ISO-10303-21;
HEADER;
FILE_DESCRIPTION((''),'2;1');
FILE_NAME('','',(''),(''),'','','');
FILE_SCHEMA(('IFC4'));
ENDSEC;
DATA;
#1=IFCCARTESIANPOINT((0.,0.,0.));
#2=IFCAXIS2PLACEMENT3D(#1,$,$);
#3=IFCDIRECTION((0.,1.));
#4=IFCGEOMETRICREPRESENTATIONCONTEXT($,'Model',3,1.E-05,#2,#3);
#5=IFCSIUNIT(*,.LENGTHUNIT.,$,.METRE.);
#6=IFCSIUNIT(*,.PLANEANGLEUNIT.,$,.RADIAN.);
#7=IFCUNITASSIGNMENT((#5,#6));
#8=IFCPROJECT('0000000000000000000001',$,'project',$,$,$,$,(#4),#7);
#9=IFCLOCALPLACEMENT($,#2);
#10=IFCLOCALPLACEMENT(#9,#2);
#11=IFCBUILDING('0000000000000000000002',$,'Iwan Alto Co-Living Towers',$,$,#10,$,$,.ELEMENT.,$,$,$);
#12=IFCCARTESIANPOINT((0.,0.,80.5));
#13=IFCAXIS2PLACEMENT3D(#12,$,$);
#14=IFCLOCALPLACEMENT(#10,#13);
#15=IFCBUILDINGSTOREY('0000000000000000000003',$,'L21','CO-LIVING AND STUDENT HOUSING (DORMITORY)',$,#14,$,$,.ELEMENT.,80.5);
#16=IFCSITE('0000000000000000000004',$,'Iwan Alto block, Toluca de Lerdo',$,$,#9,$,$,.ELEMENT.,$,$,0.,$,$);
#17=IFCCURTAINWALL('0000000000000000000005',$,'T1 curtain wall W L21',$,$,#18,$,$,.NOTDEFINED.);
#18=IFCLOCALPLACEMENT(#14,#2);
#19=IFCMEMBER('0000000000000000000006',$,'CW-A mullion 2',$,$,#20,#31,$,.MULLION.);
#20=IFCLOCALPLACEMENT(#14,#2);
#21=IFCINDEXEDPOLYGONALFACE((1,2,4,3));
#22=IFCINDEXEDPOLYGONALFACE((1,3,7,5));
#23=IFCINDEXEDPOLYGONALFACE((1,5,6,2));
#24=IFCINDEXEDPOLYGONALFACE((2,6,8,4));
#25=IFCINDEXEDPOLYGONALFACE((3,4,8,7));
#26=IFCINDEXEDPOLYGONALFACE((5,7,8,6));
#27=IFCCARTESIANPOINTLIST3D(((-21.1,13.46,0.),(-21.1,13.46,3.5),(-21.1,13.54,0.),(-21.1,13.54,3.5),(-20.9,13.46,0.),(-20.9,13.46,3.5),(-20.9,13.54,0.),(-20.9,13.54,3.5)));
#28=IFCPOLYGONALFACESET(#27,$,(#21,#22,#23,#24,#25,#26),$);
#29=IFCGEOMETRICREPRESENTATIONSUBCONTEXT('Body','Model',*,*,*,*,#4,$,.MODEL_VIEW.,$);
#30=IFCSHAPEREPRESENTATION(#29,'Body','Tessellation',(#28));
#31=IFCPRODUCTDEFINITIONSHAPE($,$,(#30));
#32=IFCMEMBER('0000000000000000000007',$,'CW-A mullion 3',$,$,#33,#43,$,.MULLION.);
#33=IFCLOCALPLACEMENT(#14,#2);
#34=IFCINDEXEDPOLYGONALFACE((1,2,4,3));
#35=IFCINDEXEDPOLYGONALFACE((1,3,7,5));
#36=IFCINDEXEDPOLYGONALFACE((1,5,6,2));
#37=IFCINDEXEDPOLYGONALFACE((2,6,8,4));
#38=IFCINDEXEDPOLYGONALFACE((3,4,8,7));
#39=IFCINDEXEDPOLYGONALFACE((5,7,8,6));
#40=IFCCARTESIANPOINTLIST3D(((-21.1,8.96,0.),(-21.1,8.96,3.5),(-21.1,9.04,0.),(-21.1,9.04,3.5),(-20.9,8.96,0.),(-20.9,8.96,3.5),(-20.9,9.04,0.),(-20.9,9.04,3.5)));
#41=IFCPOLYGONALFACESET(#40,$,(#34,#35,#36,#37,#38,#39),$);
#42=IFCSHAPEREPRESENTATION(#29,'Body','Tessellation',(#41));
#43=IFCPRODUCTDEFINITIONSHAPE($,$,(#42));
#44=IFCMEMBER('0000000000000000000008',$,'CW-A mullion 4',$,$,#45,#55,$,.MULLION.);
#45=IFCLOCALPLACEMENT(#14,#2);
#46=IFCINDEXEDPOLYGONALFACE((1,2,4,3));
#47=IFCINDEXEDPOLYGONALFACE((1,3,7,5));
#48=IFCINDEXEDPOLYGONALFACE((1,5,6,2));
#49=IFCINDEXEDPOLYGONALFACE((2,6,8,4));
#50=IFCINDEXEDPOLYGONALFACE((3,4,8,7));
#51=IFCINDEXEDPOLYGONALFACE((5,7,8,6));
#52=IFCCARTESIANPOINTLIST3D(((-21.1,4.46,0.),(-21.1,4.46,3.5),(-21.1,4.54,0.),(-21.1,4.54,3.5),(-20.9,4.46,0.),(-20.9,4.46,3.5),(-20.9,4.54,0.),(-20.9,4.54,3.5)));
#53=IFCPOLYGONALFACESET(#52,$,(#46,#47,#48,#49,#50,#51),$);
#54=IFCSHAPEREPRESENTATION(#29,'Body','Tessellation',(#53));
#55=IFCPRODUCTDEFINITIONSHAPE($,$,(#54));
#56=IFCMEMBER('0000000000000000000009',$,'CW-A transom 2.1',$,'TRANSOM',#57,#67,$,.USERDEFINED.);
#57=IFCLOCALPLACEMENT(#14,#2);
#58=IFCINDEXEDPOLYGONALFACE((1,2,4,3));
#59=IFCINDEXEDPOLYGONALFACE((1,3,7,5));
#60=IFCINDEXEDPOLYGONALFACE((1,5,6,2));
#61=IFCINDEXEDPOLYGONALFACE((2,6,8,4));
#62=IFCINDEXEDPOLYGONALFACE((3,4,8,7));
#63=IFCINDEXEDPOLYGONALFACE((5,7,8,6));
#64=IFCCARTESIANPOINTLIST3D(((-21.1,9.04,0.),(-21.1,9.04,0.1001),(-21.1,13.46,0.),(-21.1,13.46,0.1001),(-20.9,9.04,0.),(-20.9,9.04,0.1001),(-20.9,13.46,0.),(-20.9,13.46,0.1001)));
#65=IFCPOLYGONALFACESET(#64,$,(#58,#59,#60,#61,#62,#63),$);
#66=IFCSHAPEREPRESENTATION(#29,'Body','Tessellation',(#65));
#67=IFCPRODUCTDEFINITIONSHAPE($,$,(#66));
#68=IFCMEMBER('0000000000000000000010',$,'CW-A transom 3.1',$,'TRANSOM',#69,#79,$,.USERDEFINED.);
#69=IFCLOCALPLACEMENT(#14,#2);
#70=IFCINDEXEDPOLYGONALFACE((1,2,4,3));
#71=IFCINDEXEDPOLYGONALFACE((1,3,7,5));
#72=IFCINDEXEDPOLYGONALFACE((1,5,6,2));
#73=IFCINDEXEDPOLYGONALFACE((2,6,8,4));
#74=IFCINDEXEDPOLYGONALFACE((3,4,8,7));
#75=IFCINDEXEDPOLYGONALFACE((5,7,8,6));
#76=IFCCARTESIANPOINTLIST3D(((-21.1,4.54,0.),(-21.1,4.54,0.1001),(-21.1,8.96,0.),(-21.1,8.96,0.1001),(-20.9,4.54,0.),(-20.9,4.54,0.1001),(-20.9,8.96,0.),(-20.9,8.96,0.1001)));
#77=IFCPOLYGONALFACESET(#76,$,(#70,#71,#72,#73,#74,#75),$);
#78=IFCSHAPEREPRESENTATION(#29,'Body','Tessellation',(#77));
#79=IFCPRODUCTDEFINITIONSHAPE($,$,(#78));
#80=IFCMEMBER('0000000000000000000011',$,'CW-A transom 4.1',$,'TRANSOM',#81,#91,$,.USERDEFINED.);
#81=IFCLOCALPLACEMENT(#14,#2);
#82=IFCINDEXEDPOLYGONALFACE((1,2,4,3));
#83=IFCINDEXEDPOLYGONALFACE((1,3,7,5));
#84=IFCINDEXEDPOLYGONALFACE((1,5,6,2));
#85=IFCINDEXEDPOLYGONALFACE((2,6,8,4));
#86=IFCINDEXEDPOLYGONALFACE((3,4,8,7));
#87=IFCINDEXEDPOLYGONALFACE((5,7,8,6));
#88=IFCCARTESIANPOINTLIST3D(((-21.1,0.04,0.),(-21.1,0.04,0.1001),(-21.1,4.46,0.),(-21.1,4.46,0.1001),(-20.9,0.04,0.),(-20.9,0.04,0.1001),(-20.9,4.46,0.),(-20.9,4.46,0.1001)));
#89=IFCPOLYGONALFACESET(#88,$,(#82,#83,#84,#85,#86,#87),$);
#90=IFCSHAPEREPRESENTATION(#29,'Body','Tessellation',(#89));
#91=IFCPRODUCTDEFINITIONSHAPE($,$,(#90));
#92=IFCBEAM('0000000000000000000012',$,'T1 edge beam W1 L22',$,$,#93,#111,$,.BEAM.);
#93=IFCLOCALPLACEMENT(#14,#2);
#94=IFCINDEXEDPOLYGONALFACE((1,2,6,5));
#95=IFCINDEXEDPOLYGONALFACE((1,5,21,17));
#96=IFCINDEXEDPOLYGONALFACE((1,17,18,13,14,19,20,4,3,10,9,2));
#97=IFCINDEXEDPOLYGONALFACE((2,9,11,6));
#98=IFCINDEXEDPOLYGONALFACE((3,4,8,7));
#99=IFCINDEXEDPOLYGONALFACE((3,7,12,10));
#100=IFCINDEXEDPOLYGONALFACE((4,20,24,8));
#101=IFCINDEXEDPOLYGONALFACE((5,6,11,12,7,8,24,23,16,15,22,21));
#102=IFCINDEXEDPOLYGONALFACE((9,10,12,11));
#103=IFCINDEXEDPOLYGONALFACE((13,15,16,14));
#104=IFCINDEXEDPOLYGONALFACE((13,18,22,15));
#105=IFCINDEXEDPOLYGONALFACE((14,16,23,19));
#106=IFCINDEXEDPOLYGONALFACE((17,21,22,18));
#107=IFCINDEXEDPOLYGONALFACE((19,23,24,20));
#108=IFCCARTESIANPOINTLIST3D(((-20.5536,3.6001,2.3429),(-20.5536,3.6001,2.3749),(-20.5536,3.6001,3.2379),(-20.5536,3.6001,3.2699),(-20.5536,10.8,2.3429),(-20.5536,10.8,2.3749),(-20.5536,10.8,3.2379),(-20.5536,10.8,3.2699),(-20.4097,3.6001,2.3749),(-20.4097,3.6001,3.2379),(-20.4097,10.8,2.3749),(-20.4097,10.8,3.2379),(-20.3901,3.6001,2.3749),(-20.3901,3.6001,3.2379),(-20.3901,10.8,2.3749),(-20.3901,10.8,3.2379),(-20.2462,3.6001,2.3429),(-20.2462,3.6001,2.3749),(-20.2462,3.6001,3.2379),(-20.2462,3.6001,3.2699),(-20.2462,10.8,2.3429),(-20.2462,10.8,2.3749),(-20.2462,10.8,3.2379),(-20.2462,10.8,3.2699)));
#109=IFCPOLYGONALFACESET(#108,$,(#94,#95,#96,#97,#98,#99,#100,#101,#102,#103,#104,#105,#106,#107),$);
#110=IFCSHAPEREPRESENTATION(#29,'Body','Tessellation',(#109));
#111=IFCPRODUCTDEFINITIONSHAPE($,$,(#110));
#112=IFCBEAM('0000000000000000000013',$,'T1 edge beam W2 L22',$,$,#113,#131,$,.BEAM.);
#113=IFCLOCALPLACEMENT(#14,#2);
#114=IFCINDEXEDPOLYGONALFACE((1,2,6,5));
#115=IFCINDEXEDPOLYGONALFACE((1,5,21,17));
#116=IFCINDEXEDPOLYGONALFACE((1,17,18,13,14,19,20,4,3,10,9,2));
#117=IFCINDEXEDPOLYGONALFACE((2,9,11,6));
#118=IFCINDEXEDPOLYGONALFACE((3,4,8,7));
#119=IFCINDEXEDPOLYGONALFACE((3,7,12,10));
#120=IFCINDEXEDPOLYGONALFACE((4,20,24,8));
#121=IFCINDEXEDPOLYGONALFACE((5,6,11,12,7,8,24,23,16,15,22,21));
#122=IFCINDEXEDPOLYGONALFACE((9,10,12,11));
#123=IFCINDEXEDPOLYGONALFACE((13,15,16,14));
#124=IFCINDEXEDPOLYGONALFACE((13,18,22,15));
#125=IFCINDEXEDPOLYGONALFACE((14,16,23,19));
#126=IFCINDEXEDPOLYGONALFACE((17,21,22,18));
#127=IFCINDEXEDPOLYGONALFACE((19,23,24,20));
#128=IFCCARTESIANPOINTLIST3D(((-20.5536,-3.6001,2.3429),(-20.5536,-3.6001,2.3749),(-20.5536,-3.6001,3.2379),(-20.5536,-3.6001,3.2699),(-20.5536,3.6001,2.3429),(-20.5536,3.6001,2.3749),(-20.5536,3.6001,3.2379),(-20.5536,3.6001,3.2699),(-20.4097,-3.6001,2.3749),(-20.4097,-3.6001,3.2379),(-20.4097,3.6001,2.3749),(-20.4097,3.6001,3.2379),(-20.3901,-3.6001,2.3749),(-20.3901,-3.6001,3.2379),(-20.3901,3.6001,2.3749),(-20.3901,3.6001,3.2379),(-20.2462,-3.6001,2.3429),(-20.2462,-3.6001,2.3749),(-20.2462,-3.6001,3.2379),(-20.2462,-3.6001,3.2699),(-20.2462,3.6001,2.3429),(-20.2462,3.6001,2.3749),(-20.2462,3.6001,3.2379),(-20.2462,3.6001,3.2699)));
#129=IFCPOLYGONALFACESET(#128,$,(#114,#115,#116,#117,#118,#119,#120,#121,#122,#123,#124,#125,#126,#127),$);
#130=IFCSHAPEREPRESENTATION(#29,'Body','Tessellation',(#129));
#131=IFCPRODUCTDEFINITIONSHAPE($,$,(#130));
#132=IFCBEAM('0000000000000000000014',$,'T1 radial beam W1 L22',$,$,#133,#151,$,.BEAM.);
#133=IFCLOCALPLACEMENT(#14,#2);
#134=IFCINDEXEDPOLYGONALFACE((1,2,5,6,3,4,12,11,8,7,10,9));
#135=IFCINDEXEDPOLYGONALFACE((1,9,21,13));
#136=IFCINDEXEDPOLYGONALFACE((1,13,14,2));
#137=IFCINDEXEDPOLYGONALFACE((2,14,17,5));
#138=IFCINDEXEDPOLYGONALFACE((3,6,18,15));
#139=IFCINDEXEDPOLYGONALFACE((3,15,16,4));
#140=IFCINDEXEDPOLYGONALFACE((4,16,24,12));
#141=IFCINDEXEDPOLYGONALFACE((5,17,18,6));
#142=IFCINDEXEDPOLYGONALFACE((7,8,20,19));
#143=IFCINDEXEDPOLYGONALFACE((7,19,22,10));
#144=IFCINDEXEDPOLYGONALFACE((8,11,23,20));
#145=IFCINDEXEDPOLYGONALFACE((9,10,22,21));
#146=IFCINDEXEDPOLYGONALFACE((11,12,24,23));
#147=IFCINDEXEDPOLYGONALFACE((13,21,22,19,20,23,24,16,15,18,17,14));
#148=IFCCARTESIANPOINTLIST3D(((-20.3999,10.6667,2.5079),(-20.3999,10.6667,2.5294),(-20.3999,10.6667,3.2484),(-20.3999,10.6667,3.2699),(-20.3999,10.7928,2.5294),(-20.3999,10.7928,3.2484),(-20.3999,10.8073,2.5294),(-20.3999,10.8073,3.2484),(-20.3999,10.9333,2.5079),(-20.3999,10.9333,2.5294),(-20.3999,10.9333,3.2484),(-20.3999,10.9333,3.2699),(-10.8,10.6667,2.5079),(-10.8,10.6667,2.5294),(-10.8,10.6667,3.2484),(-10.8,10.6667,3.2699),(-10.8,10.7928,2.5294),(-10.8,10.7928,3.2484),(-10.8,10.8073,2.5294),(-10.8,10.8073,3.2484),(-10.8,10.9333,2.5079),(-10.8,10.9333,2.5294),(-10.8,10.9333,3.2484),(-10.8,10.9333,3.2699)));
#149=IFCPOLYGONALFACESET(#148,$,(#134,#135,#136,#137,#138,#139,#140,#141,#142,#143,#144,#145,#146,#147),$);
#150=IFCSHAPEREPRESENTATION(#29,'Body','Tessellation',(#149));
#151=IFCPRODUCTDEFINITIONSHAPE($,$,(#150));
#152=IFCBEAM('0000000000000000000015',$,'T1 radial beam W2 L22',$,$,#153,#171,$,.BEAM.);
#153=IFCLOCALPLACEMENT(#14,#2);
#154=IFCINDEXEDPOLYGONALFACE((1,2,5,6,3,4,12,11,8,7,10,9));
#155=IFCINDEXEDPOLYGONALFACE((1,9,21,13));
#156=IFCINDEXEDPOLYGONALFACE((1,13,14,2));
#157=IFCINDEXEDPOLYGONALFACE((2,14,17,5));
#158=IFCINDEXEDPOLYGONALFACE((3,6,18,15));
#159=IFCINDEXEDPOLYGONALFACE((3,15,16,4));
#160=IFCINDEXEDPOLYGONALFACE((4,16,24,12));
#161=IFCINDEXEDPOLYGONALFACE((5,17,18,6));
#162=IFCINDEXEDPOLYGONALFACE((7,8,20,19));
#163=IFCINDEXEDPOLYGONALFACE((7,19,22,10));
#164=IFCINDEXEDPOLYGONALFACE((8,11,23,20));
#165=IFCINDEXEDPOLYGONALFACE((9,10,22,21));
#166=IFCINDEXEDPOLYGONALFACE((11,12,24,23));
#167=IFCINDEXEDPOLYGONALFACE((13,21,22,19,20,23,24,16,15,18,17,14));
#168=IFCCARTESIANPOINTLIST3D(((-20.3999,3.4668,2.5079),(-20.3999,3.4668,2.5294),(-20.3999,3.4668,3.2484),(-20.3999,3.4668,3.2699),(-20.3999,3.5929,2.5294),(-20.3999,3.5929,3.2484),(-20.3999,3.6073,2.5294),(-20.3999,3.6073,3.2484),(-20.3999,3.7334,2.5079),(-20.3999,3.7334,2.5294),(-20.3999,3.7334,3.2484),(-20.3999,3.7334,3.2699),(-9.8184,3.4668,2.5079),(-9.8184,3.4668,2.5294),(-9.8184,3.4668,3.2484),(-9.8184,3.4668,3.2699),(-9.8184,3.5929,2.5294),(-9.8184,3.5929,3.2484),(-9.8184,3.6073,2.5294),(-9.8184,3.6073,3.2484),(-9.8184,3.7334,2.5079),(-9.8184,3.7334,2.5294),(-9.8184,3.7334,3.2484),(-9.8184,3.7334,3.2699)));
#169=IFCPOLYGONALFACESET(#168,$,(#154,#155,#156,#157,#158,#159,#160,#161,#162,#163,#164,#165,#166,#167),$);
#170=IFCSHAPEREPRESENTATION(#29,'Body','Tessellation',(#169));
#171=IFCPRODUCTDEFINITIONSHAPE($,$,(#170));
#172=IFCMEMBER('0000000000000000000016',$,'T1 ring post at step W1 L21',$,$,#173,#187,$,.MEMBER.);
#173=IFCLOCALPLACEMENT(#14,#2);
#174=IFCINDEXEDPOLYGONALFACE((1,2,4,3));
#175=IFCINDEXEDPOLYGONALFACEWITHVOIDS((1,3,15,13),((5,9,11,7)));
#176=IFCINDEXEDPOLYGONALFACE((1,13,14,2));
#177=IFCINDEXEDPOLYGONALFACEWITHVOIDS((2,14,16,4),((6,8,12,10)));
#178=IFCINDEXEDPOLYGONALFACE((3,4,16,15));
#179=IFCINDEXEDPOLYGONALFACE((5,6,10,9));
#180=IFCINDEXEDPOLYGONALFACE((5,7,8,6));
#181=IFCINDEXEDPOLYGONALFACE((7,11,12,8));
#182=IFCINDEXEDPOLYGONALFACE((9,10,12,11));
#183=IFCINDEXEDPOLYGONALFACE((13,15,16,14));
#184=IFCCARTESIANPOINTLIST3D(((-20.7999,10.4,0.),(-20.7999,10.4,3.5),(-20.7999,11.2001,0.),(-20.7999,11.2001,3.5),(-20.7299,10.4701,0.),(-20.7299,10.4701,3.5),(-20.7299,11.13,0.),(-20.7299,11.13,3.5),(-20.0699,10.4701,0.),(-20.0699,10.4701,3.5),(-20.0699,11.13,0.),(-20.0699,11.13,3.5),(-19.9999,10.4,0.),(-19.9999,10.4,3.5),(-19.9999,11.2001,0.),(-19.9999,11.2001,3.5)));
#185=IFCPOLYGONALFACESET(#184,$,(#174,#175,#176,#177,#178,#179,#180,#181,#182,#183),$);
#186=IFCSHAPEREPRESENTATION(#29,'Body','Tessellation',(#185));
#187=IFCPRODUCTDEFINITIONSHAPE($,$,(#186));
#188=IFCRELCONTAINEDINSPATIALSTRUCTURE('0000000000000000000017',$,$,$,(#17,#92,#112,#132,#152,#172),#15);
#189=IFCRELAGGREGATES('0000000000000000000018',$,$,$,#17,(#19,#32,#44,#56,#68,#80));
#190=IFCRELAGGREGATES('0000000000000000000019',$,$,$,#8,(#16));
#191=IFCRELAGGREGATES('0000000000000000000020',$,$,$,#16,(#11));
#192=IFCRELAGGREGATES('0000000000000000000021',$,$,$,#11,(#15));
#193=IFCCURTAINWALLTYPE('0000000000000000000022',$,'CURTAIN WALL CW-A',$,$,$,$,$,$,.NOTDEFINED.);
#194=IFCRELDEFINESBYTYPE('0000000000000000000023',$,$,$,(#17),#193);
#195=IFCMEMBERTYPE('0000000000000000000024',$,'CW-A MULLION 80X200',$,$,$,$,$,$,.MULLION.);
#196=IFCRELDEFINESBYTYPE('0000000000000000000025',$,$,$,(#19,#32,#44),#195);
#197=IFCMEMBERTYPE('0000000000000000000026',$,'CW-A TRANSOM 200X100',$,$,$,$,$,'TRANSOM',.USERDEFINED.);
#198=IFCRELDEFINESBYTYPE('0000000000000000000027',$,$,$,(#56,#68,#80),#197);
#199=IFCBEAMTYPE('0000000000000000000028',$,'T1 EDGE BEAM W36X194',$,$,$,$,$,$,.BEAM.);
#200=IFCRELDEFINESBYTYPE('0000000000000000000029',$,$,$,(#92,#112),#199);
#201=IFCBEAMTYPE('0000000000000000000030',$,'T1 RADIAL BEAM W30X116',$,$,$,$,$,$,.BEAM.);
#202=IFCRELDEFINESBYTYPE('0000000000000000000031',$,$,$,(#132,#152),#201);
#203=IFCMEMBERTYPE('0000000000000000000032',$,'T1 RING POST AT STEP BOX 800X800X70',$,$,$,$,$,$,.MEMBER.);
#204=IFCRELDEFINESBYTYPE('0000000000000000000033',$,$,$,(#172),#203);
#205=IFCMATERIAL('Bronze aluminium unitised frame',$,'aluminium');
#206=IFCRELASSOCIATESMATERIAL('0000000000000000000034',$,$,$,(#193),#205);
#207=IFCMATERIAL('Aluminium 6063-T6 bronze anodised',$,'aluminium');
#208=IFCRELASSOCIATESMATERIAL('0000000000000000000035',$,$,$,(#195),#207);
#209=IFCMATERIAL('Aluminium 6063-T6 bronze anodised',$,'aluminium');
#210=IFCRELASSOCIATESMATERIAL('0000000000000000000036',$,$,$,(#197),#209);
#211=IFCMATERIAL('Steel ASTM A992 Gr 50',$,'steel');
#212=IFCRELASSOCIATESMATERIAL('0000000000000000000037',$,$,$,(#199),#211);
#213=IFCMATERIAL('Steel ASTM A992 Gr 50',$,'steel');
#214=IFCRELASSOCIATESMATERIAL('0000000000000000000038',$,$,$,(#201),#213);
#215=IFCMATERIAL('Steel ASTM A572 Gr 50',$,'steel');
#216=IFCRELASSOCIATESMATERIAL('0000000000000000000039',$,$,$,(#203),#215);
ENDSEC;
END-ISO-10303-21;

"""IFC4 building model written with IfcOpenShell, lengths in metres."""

from ifc_helpers import new_model, si_unit, direction, frame, origin, origin_2d, place, context, subcontext, project, spatial, rectangle, hollow_rectangle, i_section, extrude, material, material_profile, profile_set, type_object, element, aggregate, save


model = new_model("IFC4")

# Units and contexts
model_context = context("Model", 3, precision=1e-05, world=origin(), true_north=direction((0.0, 1.0)))
body_context = subcontext(model_context, "Body", "Model", "MODEL_VIEW")
ifc_project = project(units=[si_unit("LENGTHUNIT", "METRE"), si_unit("PLANEANGLEUNIT", "RADIAN")], contexts=[model_context])

# Site, building, storey
site_placement = place(None, origin())
site = spatial("IfcSite", under=ifc_project, at=site_placement, Name="Iwan Alto block, Toluca de Lerdo", CompositionType="ELEMENT", RefElevation=0.0)
building_placement = place(site_placement, origin())
building = spatial("IfcBuilding", under=site, at=building_placement, Name="Iwan Alto Co-Living Towers", CompositionType="ELEMENT")
storey_placement = place(building_placement, frame((0.0, 0.0, 80.5)))
storey = spatial("IfcBuildingStorey", under=building, at=storey_placement, Name="L21", Description="CO-LIVING AND STUDENT HOUSING (DORMITORY)", CompositionType="ELEMENT", Elevation=80.5)

# Curtain wall, members
ifc_material_1 = material(Name="Bronze aluminium unitised frame", Category="aluminium")
curtain_wall_type = type_object("IfcCurtainWallType", Name="CURTAIN WALL CW-A", PredefinedType="NOTDEFINED", material=ifc_material_1)
curtain_wall_placement = place(storey_placement, origin())
curtain_wall = element("IfcCurtainWall", 1, at=curtain_wall_placement, inside=storey, type_object=curtain_wall_type, Name="T1 curtain wall W L21", PredefinedType="NOTDEFINED")
ifc_material_2 = material(Name="Aluminium 6063-T6 bronze anodised", Category="aluminium")
ifc_material_profile_1 = material_profile(ifc_material_2, rectangle(XDim=0.2, YDim=0.0801, at=origin_2d()), Name="AL 80X200")
ifc_profile_set_1 = profile_set([ifc_material_profile_1], Name="Aluminium 6063-T6 bronze anodised")
member_type_1 = type_object("IfcMemberType", Name="CW-A MULLION 80X200", PredefinedType="MULLION", material=ifc_profile_set_1)
member_1_placement = place(storey_placement, frame((-21.0, 13.5, 0.0), z_axis=(0.0, 0.0, 1.0), x_axis=(1.0, 0.0, 0.0)))
member_1 = element("IfcMember", 2, at=member_1_placement, type_object=member_type_1, Name="CW-A mullion 2", PredefinedType="MULLION", context=body_context, shape_type="SweptSolid", body=[
    extrude(rectangle(XDim=0.2, YDim=0.0801, at=origin_2d()), origin(), (0.0, 0.0, 1.0), 3.5),
])
member_2_placement = place(storey_placement, frame((-21.0, 9.0, 0.0), z_axis=(0.0, 0.0, 1.0), x_axis=(1.0, 0.0, 0.0)))
member_2 = element("IfcMember", 3, at=member_2_placement, type_object=member_type_1, Name="CW-A mullion 3", PredefinedType="MULLION", context=body_context, shape_type="SweptSolid", body=[
    extrude(rectangle(XDim=0.2, YDim=0.0801, at=origin_2d()), origin(), (0.0, 0.0, 1.0), 3.5),
])
member_3_placement = place(storey_placement, frame((-21.0, 4.5, 0.0), z_axis=(0.0, 0.0, 1.0), x_axis=(1.0, 0.0, 0.0)))
member_3 = element("IfcMember", 4, at=member_3_placement, type_object=member_type_1, Name="CW-A mullion 4", PredefinedType="MULLION", context=body_context, shape_type="SweptSolid", body=[
    extrude(rectangle(XDim=0.2, YDim=0.0801, at=origin_2d()), origin(), (0.0, 0.0, 1.0), 3.5),
])
ifc_material_3 = material(Name="Aluminium 6063-T6 bronze anodised", Category="aluminium")
ifc_material_profile_2 = material_profile(ifc_material_3, rectangle(XDim=0.2, YDim=0.1001, at=origin_2d()), Name="AL 200X100")
ifc_profile_set_2 = profile_set([ifc_material_profile_2], Name="Aluminium 6063-T6 bronze anodised")
member_type_2 = type_object("IfcMemberType", Name="CW-A TRANSOM 200X100", ElementType="TRANSOM", PredefinedType="USERDEFINED", material=ifc_profile_set_2)
member_4_placement = place(storey_placement, frame((-21.0, 13.46, 0.05), z_axis=(0.0, -1.0, 0.0), x_axis=(1.0, 0.0, 0.0)))
member_4 = element("IfcMember", 5, at=member_4_placement, type_object=member_type_2, Name="CW-A transom 2.1", ObjectType="TRANSOM", PredefinedType="USERDEFINED", context=body_context, shape_type="SweptSolid", body=[
    extrude(rectangle(XDim=0.2, YDim=0.1001, at=origin_2d()), origin(), (0.0, 0.0, 1.0), 4.4199),
])
member_5_placement = place(storey_placement, frame((-21.0, 8.96, 0.05), z_axis=(0.0, -1.0, 0.0), x_axis=(1.0, 0.0, 0.0)))
member_5 = element("IfcMember", 6, at=member_5_placement, type_object=member_type_2, Name="CW-A transom 3.1", ObjectType="TRANSOM", PredefinedType="USERDEFINED", context=body_context, shape_type="SweptSolid", body=[
    extrude(rectangle(XDim=0.2, YDim=0.1001, at=origin_2d()), origin(), (0.0, 0.0, 1.0), 4.4199),
])
member_6_placement = place(storey_placement, frame((-21.0, 4.46, 0.05), z_axis=(0.0, -1.0, 0.0), x_axis=(1.0, 0.0, 0.0)))
member_6 = element("IfcMember", 7, at=member_6_placement, type_object=member_type_2, Name="CW-A transom 4.1", ObjectType="TRANSOM", PredefinedType="USERDEFINED", context=body_context, shape_type="SweptSolid", body=[
    extrude(rectangle(XDim=0.2, YDim=0.1001, at=origin_2d()), origin(), (0.0, 0.0, 1.0), 4.4199),
])

# Beams
ifc_material_4 = material(Name="Steel ASTM A992 Gr 50", Category="steel")
ifc_material_profile_3 = material_profile(ifc_material_4, i_section(OverallWidth=0.3074, OverallDepth=0.927, WebThickness=0.0195, FlangeThickness=0.032, at=origin_2d()), Name="W36X194")
ifc_profile_set_3 = profile_set([ifc_material_profile_3], Name="Steel ASTM A992 Gr 50")
beam_type_1 = type_object("IfcBeamType", Name="T1 EDGE BEAM W36X194", PredefinedType="BEAM", material=ifc_profile_set_3)
beam_1_placement = place(storey_placement, frame((-20.3999, 10.8, 2.8064), z_axis=(0.0, -1.0, 0.0), x_axis=(1.0, 0.0, 0.0)))
element("IfcBeam", 8, at=beam_1_placement, inside=storey, type_object=beam_type_1, Name="T1 edge beam W1 L22", PredefinedType="BEAM", context=body_context, shape_type="SweptSolid", body=[
    extrude(i_section(OverallWidth=0.3074, OverallDepth=0.927, WebThickness=0.0195, FlangeThickness=0.032, at=origin_2d()), origin(), (0.0, 0.0, 1.0), 7.2),
])
beam_2_placement = place(storey_placement, frame((-20.3999, 3.6001, 2.8064), z_axis=(0.0, -1.0, 0.0), x_axis=(1.0, 0.0, 0.0)))
element("IfcBeam", 9, at=beam_2_placement, inside=storey, type_object=beam_type_1, Name="T1 edge beam W2 L22", PredefinedType="BEAM", context=body_context, shape_type="SweptSolid", body=[
    extrude(i_section(OverallWidth=0.3074, OverallDepth=0.927, WebThickness=0.0195, FlangeThickness=0.032, at=origin_2d()), origin(), (0.0, 0.0, 1.0), 7.2002),
])
ifc_material_5 = material(Name="Steel ASTM A992 Gr 50", Category="steel")
ifc_material_profile_4 = material_profile(ifc_material_5, i_section(OverallWidth=0.2666, OverallDepth=0.762, WebThickness=0.0144, FlangeThickness=0.0215, at=origin_2d()), Name="W30X116")
ifc_profile_set_4 = profile_set([ifc_material_profile_4], Name="Steel ASTM A992 Gr 50")
beam_type_2 = type_object("IfcBeamType", Name="T1 RADIAL BEAM W30X116", PredefinedType="BEAM", material=ifc_profile_set_4)
beam_3_placement = place(storey_placement, frame((-20.3999, 10.8, 2.8889), z_axis=(1.0, 0.0, 0.0), x_axis=(0.0, 1.0, 0.0)))
element("IfcBeam", 10, at=beam_3_placement, inside=storey, type_object=beam_type_2, Name="T1 radial beam W1 L22", PredefinedType="BEAM", context=body_context, shape_type="SweptSolid", body=[
    extrude(i_section(OverallWidth=0.2666, OverallDepth=0.762, WebThickness=0.0144, FlangeThickness=0.0215, at=origin_2d()), origin(), (0.0, 0.0, 1.0), 9.5999),
])
beam_4_placement = place(storey_placement, frame((-20.3999, 3.6001, 2.8889), z_axis=(1.0, 0.0, 0.0), x_axis=(0.0, 1.0, 0.0)))
element("IfcBeam", 11, at=beam_4_placement, inside=storey, type_object=beam_type_2, Name="T1 radial beam W2 L22", PredefinedType="BEAM", context=body_context, shape_type="SweptSolid", body=[
    extrude(i_section(OverallWidth=0.2666, OverallDepth=0.762, WebThickness=0.0144, FlangeThickness=0.0215, at=origin_2d()), origin(), (0.0, 0.0, 1.0), 10.5815),
])

# Member
ifc_material_6 = material(Name="Steel ASTM A572 Gr 50", Category="steel")
ifc_material_profile_5 = material_profile(ifc_material_6, hollow_rectangle(XDim=0.8, YDim=0.8, WallThickness=0.0701, at=origin_2d()), Name="BOX 800X800X70")
ifc_profile_set_5 = profile_set([ifc_material_profile_5], Name="Steel ASTM A572 Gr 50")
member_type_3 = type_object("IfcMemberType", Name="T1 RING POST AT STEP BOX 800X800X70", PredefinedType="MEMBER", material=ifc_profile_set_5)
for number, where, z_axis, x_axis, name in (
    (12, (-20.3999, 10.8, 0.0), (0.0, 0.0, 1.0), (1.0, 0.0, 0.0), "T1 ring post at step W1 L21"),
):
    element("IfcMember", number, at=place(storey_placement, frame(where, z_axis=z_axis, x_axis=x_axis)), inside=storey, type_object=member_type_3, Name=name, PredefinedType="MEMBER", context=body_context, shape_type="SweptSolid", body=[
        extrude(hollow_rectangle(XDim=0.8, YDim=0.8, WallThickness=0.0701, at=origin_2d()), origin(), (0.0, 0.0, 1.0), 3.5),
    ])

aggregate(curtain_wall, [member_1, member_2, member_3, member_4, member_5, member_6])

save(model, "model.ifc")
